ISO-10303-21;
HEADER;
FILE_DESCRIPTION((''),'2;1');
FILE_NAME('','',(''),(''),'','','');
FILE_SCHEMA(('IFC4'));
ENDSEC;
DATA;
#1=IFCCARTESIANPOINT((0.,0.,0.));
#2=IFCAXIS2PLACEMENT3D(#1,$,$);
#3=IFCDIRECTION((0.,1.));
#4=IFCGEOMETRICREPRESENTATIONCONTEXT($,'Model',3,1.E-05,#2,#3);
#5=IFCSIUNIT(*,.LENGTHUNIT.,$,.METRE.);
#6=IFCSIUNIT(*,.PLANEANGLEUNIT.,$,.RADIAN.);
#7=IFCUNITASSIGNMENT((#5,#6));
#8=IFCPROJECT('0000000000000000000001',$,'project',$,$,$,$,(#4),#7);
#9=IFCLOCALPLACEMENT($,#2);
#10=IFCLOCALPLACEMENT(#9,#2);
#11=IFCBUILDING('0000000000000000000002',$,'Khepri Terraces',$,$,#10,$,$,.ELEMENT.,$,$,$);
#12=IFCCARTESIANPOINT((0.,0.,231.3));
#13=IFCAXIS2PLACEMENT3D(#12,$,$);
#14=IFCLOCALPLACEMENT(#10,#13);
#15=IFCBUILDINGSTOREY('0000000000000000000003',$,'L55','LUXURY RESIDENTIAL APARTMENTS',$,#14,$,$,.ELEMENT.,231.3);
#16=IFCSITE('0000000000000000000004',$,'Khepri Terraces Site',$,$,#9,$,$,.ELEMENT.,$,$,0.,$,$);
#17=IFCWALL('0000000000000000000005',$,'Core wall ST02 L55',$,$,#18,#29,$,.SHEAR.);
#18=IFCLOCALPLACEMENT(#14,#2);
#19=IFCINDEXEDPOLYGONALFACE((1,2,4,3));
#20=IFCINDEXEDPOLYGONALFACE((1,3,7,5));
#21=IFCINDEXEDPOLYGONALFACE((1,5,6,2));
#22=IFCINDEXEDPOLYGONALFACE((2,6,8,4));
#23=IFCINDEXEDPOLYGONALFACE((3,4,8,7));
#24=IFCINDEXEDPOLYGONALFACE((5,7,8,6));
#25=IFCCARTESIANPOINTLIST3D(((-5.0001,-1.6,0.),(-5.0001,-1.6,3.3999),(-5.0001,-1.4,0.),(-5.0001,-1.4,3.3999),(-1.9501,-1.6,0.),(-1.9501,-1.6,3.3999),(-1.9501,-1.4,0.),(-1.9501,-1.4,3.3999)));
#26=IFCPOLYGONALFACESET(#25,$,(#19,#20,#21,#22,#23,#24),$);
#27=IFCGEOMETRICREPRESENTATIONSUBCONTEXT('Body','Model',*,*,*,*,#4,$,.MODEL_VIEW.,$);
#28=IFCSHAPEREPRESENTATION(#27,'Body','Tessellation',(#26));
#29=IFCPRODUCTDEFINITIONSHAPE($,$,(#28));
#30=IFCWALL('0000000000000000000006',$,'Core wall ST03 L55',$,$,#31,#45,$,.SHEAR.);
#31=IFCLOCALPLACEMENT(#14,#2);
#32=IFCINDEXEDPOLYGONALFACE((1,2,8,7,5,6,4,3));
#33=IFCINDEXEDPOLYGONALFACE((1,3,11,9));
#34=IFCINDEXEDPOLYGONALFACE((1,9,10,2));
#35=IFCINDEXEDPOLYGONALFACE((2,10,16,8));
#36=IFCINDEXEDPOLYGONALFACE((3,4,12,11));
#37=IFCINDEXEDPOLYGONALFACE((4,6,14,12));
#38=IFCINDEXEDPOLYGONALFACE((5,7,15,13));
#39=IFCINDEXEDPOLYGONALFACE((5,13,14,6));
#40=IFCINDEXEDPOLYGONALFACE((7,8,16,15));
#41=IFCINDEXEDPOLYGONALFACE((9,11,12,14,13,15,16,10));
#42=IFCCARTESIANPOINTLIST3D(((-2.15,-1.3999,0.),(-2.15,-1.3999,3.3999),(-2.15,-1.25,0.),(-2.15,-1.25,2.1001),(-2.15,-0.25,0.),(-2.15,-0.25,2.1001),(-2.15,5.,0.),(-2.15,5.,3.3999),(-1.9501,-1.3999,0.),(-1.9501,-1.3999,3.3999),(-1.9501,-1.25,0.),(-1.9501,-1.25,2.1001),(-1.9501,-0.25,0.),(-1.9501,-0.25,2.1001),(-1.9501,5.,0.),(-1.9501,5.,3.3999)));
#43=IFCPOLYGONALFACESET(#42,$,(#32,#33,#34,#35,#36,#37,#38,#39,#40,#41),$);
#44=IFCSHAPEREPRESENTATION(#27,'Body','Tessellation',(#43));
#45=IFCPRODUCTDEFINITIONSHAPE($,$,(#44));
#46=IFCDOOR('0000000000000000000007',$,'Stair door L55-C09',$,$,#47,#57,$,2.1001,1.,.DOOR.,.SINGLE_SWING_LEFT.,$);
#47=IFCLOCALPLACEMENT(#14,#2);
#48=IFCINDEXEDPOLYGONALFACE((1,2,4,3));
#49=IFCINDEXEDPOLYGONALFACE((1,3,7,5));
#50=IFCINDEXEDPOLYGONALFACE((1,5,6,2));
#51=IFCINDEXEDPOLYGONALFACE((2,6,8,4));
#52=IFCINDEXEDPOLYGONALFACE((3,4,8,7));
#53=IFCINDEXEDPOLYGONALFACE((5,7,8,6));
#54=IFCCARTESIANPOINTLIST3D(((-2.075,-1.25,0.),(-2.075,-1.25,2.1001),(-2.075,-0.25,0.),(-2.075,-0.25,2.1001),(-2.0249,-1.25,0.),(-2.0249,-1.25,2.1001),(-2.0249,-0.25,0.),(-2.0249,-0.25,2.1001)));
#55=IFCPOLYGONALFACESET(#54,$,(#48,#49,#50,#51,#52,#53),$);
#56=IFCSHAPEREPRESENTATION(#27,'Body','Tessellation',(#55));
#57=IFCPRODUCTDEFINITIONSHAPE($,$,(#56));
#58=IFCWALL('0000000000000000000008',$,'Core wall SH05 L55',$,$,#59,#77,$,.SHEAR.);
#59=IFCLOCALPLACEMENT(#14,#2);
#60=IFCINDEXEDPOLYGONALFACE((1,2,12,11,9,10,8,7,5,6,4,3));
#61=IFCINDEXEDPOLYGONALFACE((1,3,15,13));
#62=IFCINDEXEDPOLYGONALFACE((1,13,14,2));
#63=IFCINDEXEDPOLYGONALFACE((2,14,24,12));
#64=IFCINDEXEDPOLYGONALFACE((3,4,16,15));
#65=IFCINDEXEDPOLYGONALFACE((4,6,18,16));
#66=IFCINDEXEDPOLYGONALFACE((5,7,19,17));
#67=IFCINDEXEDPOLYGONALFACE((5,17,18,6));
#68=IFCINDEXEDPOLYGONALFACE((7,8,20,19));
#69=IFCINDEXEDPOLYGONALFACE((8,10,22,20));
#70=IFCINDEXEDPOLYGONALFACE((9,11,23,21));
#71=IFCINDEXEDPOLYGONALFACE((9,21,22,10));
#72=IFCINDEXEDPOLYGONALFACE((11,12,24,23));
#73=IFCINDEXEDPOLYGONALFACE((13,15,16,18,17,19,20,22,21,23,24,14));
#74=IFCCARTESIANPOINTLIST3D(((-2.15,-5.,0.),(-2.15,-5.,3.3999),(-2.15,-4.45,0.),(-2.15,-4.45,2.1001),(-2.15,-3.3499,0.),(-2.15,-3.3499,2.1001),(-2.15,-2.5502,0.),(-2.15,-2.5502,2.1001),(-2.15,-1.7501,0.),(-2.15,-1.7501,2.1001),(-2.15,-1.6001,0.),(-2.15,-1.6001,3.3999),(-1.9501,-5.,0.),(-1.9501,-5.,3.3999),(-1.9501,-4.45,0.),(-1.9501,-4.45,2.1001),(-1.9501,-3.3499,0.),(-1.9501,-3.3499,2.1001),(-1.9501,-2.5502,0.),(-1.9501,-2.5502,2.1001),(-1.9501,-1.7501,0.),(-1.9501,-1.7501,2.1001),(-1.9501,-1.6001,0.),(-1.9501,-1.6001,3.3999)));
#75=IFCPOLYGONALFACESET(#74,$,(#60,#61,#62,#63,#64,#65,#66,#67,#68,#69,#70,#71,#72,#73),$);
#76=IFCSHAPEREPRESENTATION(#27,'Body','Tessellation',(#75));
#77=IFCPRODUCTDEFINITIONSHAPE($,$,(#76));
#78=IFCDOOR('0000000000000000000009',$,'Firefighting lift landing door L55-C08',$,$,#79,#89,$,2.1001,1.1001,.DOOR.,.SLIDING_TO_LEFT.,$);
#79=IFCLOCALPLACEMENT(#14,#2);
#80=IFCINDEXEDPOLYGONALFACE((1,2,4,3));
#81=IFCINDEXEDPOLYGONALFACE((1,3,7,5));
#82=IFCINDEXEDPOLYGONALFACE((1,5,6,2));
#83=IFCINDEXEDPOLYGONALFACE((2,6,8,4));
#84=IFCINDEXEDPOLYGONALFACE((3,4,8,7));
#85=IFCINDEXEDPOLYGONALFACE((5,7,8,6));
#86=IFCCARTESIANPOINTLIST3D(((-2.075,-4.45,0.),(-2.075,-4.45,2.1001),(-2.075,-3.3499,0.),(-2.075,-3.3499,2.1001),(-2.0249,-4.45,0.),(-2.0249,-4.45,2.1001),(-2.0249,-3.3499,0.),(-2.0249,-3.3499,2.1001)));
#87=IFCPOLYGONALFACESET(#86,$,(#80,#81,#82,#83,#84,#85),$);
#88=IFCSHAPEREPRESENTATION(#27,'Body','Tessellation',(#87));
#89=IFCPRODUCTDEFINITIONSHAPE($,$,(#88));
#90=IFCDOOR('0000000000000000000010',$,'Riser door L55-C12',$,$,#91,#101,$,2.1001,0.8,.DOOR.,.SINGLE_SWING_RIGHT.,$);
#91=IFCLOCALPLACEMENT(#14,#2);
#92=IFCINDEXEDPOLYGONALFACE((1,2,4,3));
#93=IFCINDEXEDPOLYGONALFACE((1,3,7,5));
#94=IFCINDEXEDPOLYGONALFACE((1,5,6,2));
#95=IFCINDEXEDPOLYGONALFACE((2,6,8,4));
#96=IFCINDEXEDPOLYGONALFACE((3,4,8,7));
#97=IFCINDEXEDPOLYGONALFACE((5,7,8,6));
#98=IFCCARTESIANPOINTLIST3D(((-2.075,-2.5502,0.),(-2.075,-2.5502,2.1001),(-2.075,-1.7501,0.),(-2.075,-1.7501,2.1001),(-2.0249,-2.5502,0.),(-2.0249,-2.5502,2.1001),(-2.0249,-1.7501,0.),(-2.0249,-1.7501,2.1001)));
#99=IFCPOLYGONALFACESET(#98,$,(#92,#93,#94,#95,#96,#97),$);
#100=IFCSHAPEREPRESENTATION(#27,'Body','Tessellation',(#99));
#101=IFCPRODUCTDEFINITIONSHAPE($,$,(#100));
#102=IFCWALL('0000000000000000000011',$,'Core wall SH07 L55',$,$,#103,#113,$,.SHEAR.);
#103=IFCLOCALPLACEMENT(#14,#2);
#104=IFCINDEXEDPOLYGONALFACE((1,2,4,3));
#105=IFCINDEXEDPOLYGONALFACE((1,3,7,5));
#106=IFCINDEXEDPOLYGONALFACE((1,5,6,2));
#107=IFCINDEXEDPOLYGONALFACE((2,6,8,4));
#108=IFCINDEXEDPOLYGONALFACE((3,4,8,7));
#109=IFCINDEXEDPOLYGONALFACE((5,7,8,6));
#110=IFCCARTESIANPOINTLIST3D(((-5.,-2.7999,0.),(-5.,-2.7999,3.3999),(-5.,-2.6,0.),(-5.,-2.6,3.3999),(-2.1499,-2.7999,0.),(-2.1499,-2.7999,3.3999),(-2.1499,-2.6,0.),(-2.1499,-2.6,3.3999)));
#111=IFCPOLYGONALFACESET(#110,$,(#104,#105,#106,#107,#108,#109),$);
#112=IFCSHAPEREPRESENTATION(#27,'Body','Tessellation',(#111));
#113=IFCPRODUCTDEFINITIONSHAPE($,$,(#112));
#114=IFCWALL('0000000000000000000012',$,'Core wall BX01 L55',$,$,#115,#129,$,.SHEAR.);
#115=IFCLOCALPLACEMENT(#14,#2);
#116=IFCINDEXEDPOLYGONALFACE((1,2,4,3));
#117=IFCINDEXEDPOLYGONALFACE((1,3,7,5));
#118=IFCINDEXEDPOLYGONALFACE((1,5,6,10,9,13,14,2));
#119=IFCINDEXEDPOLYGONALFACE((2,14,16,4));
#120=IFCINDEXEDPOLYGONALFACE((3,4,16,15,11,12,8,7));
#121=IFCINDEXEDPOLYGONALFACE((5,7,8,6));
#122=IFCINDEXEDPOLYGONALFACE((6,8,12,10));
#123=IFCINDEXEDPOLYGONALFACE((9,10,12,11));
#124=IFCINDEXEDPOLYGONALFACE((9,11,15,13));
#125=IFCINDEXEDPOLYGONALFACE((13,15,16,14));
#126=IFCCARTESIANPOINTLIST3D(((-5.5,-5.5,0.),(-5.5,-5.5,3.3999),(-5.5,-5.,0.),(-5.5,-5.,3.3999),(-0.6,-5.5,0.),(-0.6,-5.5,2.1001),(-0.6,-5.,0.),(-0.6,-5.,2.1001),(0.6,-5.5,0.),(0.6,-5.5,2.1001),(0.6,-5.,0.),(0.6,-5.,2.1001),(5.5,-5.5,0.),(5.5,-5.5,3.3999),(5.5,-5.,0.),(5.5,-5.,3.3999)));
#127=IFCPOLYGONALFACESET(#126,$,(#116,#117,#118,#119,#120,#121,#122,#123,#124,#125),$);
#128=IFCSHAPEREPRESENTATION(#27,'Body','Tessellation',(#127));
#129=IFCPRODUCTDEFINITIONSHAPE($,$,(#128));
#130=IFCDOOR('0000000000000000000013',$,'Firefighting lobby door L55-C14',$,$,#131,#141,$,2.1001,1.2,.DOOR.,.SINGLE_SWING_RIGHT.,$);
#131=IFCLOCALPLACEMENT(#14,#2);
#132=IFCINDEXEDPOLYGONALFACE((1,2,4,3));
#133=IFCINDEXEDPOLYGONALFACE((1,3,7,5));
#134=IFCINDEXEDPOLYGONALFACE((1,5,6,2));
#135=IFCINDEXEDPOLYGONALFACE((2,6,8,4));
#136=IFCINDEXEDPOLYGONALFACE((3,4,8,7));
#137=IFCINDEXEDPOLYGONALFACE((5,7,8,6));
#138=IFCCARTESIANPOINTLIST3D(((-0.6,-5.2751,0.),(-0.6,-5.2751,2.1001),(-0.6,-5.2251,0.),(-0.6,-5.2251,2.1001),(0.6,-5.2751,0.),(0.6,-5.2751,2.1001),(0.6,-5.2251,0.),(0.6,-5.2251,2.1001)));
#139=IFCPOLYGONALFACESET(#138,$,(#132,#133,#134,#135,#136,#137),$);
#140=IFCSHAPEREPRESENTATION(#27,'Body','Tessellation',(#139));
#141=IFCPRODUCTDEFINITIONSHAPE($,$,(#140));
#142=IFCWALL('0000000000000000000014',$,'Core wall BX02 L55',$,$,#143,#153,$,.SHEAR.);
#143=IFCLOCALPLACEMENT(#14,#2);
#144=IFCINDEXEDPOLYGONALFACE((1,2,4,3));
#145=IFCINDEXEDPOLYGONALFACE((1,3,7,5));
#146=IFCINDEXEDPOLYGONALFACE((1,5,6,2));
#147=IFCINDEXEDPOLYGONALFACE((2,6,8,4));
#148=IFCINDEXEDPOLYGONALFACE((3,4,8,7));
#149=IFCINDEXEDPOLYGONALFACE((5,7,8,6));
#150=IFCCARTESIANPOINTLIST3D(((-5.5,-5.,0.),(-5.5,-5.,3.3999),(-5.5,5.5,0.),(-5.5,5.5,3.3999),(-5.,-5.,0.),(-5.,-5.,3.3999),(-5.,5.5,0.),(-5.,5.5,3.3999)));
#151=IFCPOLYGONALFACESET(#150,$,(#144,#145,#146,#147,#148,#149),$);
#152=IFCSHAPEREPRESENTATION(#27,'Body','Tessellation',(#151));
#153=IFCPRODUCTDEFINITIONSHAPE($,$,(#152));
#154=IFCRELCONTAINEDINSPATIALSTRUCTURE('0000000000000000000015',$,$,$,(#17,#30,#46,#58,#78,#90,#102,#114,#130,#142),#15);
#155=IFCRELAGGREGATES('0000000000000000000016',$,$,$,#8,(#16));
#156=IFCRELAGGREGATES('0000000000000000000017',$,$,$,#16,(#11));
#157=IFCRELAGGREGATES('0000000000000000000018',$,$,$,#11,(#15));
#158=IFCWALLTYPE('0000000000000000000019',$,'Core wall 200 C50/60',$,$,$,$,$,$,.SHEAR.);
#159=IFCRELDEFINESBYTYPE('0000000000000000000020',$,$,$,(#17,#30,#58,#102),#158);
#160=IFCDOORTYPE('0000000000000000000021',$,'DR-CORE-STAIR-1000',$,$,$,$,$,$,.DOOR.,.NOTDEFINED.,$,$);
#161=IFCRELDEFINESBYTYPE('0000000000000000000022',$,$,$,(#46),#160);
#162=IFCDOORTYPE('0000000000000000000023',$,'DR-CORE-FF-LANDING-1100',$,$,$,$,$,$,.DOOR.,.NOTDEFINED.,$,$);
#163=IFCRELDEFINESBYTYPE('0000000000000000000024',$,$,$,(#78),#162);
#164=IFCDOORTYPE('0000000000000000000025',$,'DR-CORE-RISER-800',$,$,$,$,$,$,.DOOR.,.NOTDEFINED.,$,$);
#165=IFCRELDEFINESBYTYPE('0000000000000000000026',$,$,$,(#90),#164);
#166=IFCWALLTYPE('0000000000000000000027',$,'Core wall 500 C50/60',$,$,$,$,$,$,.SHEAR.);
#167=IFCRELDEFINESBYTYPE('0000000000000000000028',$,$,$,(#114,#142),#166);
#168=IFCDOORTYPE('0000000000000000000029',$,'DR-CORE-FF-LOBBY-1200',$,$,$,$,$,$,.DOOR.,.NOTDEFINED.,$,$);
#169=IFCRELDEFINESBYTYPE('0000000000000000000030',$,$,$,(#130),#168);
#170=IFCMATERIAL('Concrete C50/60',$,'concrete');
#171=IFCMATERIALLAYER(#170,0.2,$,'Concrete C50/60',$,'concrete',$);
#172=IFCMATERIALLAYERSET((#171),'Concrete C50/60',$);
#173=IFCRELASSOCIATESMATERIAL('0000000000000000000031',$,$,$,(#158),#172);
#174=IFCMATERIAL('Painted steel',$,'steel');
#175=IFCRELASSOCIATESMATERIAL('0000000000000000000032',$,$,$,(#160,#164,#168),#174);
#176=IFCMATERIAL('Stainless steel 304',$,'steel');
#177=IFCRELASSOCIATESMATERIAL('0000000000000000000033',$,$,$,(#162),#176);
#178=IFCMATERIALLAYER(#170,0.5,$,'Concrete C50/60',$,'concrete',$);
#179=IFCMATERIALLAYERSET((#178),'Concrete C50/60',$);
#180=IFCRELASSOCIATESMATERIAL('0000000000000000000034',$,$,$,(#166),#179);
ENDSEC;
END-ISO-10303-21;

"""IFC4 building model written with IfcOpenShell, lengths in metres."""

from ifc_helpers import new_model, si_unit, direction, frame, frame_2d, origin, place, context, subcontext, project, spatial, rectangle, extrude, material, layer, layer_set, type_object, element, fill, save


model = new_model("IFC4")

# Units and contexts
model_context = context("Model", 3, precision=1e-05, world=origin(), true_north=direction((0.0, 1.0)))
body_context = subcontext(model_context, "Body", "Model", "MODEL_VIEW")
ifc_project = project(units=[si_unit("LENGTHUNIT", "METRE"), si_unit("PLANEANGLEUNIT", "RADIAN")], contexts=[model_context])

# Site, building, storey
site_placement = place(None, origin())
site = spatial("IfcSite", under=ifc_project, at=site_placement, Name="Khepri Terraces Site", CompositionType="ELEMENT", RefElevation=0.0)
building_placement = place(site_placement, origin())
building = spatial("IfcBuilding", under=site, at=building_placement, Name="Khepri Terraces", CompositionType="ELEMENT")
storey_placement = place(building_placement, frame((0.0, 0.0, 231.3)))
storey = spatial("IfcBuildingStorey", under=building, at=storey_placement, Name="L55", Description="LUXURY RESIDENTIAL APARTMENTS", CompositionType="ELEMENT", Elevation=231.3)

# Wall
ifc_material_1 = material(Name="Concrete C50/60", Category="concrete")
ifc_layer_1 = layer(ifc_material_1, 0.2, Name="Concrete C50/60", Category="concrete")
ifc_layer_set_1 = layer_set([ifc_layer_1], Name="Concrete C50/60")
wall_type_1 = type_object("IfcWallType", Name="Core wall 200 C50/60", PredefinedType="SHEAR", material=ifc_layer_set_1)
wall_1_placement = place(storey_placement, frame((-5.0, -1.5, 0.0), z_axis=(0.0, 0.0, 1.0), x_axis=(1.0, 0.0, 0.0)))
element("IfcWall", 1, at=wall_1_placement, inside=storey, type_object=wall_type_1, Name="Core wall ST02 L55", PredefinedType="SHEAR", context=body_context, shape_type="SweptSolid", body=[
    extrude(rectangle(XDim=3.05, YDim=0.2, at=frame_2d((1.5249, 0.0))), origin(), (0.0, 0.0, 1.0), 3.3999),
])

# Wall, opening, door
wall_2_placement = place(storey_placement, frame((-2.05, -1.3999, 0.0), z_axis=(0.0, 0.0, 1.0), x_axis=(0.0, 1.0, 0.0)))
wall_2 = element("IfcWall", 2, at=wall_2_placement, inside=storey, type_object=wall_type_1, Name="Core wall ST03 L55", PredefinedType="SHEAR", context=body_context, shape_type="SweptSolid", body=[
    extrude(rectangle(XDim=6.3999, YDim=0.2, at=frame_2d((3.2, 0.0))), origin(), (0.0, 0.0, 1.0), 3.3999),
])
opening_1_placement = place(wall_2_placement, frame((0.1499, 0.0, 0.0)))
opening_1 = element("IfcOpeningElement", 3, at=opening_1_placement, cuts=wall_2, PredefinedType="OPENING", context=body_context, shape_type="SweptSolid", body=[
    extrude(rectangle(XDim=1.0, YDim=2.1001, at=frame_2d((0.5, 1.05))), frame((0.0, 0.1099, 0.0), z_axis=(0.0, -1.0, 0.0), x_axis=(1.0, 0.0, 0.0)), (0.0, 0.0, 1.0), 0.22),
])
ifc_material_2 = material(Name="Painted steel", Category="steel")
door_type_1 = type_object("IfcDoorType", Name="DR-CORE-STAIR-1000", OperationType="NOTDEFINED", PredefinedType="DOOR", material=ifc_material_2)
door_1_placement = place(opening_1_placement, origin())
door_1 = element("IfcDoor", 4, at=door_1_placement, inside=storey, type_object=door_type_1, Name="Stair door L55-C09", OperationType="SINGLE_SWING_LEFT", OverallHeight=2.1001, OverallWidth=1.0, PredefinedType="DOOR", context=body_context, shape_type="SweptSolid", body=[
    extrude(rectangle(XDim=1.0, YDim=2.1001, at=frame_2d((0.5, 1.05))), frame((0.0, 0.0249, 0.0), z_axis=(0.0, -1.0, 0.0), x_axis=(1.0, 0.0, 0.0)), (0.0, 0.0, 1.0), 0.05),
])
fill(opening_1, door_1)

# Wall, openings, doors
wall_3_placement = place(storey_placement, frame((-2.05, -5.0, 0.0), z_axis=(0.0, 0.0, 1.0), x_axis=(0.0, 1.0, 0.0)))
wall_3 = element("IfcWall", 5, at=wall_3_placement, inside=storey, type_object=wall_type_1, Name="Core wall SH05 L55", PredefinedType="SHEAR", context=body_context, shape_type="SweptSolid", body=[
    extrude(rectangle(XDim=3.3999, YDim=0.2, at=frame_2d((1.7, 0.0))), origin(), (0.0, 0.0, 1.0), 3.3999),
])
opening_2_placement = place(wall_3_placement, frame((0.55, 0.0, 0.0)))
opening_2 = element("IfcOpeningElement", 6, at=opening_2_placement, cuts=wall_3, PredefinedType="OPENING", context=body_context, shape_type="SweptSolid", body=[
    extrude(rectangle(XDim=1.1001, YDim=2.1001, at=frame_2d((0.55, 1.05))), frame((0.0, 0.1099, 0.0), z_axis=(0.0, -1.0, 0.0), x_axis=(1.0, 0.0, 0.0)), (0.0, 0.0, 1.0), 0.22),
])
opening_3_placement = place(wall_3_placement, frame((2.45, 0.0, 0.0)))
opening_3 = element("IfcOpeningElement", 7, at=opening_3_placement, cuts=wall_3, PredefinedType="OPENING", context=body_context, shape_type="SweptSolid", body=[
    extrude(rectangle(XDim=0.8, YDim=2.1001, at=frame_2d((0.3999, 1.05))), frame((0.0, 0.1099, 0.0), z_axis=(0.0, -1.0, 0.0), x_axis=(1.0, 0.0, 0.0)), (0.0, 0.0, 1.0), 0.22),
])
ifc_material_3 = material(Name="Stainless steel 304", Category="steel")
door_type_2 = type_object("IfcDoorType", Name="DR-CORE-FF-LANDING-1100", OperationType="NOTDEFINED", PredefinedType="DOOR", material=ifc_material_3)
door_2_placement = place(opening_2_placement, origin())
door_2 = element("IfcDoor", 8, at=door_2_placement, inside=storey, type_object=door_type_2, Name="Firefighting lift landing door L55-C08", OperationType="SLIDING_TO_LEFT", OverallHeight=2.1001, OverallWidth=1.1001, PredefinedType="DOOR", context=body_context, shape_type="SweptSolid", body=[
    extrude(rectangle(XDim=1.1001, YDim=2.1001, at=frame_2d((0.55, 1.05))), frame((0.0, 0.0249, 0.0), z_axis=(0.0, -1.0, 0.0), x_axis=(1.0, 0.0, 0.0)), (0.0, 0.0, 1.0), 0.05),
])
fill(opening_2, door_2)
door_type_3 = type_object("IfcDoorType", Name="DR-CORE-RISER-800", OperationType="NOTDEFINED", PredefinedType="DOOR", material=ifc_material_2)
door_3_placement = place(opening_3_placement, origin())
door_3 = element("IfcDoor", 9, at=door_3_placement, inside=storey, type_object=door_type_3, Name="Riser door L55-C12", OperationType="SINGLE_SWING_RIGHT", OverallHeight=2.1001, OverallWidth=0.8, PredefinedType="DOOR", context=body_context, shape_type="SweptSolid", body=[
    extrude(rectangle(XDim=0.8, YDim=2.1001, at=frame_2d((0.3999, 1.05))), frame((0.0, 0.0249, 0.0), z_axis=(0.0, -1.0, 0.0), x_axis=(1.0, 0.0, 0.0)), (0.0, 0.0, 1.0), 0.05),
])
fill(opening_3, door_3)

# Wall
wall_4_placement = place(storey_placement, frame((-5.0, -2.7, 0.0), z_axis=(0.0, 0.0, 1.0), x_axis=(1.0, 0.0, 0.0)))
element("IfcWall", 10, at=wall_4_placement, inside=storey, type_object=wall_type_1, Name="Core wall SH07 L55", PredefinedType="SHEAR", context=body_context, shape_type="SweptSolid", body=[
    extrude(rectangle(XDim=2.8501, YDim=0.2, at=frame_2d((1.425, 0.0))), origin(), (0.0, 0.0, 1.0), 3.3999),
])

# Wall, opening, door
ifc_layer_2 = layer(ifc_material_1, 0.5, Name="Concrete C50/60", Category="concrete")
ifc_layer_set_2 = layer_set([ifc_layer_2], Name="Concrete C50/60")
wall_type_2 = type_object("IfcWallType", Name="Core wall 500 C50/60", PredefinedType="SHEAR", material=ifc_layer_set_2)
wall_5_placement = place(storey_placement, frame((-5.5, -5.25, 0.0), z_axis=(0.0, 0.0, 1.0), x_axis=(1.0, 0.0, 0.0)))
wall_5 = element("IfcWall", 11, at=wall_5_placement, inside=storey, type_object=wall_type_2, Name="Core wall BX01 L55", PredefinedType="SHEAR", context=body_context, shape_type="SweptSolid", body=[
    extrude(rectangle(XDim=11.0, YDim=0.5, at=frame_2d((5.5, 0.0))), origin(), (0.0, 0.0, 1.0), 3.3999),
])
opening_4_placement = place(wall_5_placement, frame((4.8999, 0.0, 0.0)))
opening_4 = element("IfcOpeningElement", 12, at=opening_4_placement, cuts=wall_5, PredefinedType="OPENING", context=body_context, shape_type="SweptSolid", body=[
    extrude(rectangle(XDim=1.2, YDim=2.1001, at=frame_2d((0.6001, 1.05))), frame((0.0, 0.26, 0.0), z_axis=(0.0, -1.0, 0.0), x_axis=(1.0, 0.0, 0.0)), (0.0, 0.0, 1.0), 0.52),
])
door_type_4 = type_object("IfcDoorType", Name="DR-CORE-FF-LOBBY-1200", OperationType="NOTDEFINED", PredefinedType="DOOR", material=ifc_material_2)
door_4_placement = place(opening_4_placement, origin())
door_4 = element("IfcDoor", 13, at=door_4_placement, inside=storey, type_object=door_type_4, Name="Firefighting lobby door L55-C14", OperationType="SINGLE_SWING_RIGHT", OverallHeight=2.1001, OverallWidth=1.2, PredefinedType="DOOR", context=body_context, shape_type="SweptSolid", body=[
    extrude(rectangle(XDim=1.2, YDim=2.1001, at=frame_2d((0.6001, 1.05))), frame((0.0, 0.0249, 0.0), z_axis=(0.0, -1.0, 0.0), x_axis=(1.0, 0.0, 0.0)), (0.0, 0.0, 1.0), 0.05),
])
fill(opening_4, door_4)

# Wall
wall_6_placement = place(storey_placement, frame((-5.25, -5.0, 0.0), z_axis=(0.0, 0.0, 1.0), x_axis=(0.0, 1.0, 0.0)))
element("IfcWall", 14, at=wall_6_placement, inside=storey, type_object=wall_type_2, Name="Core wall BX02 L55", PredefinedType="SHEAR", context=body_context, shape_type="SweptSolid", body=[
    extrude(rectangle(XDim=10.5, YDim=0.5, at=frame_2d((5.25, 0.0))), origin(), (0.0, 0.0, 1.0), 3.3999),
])

save(model, "model.ifc")
